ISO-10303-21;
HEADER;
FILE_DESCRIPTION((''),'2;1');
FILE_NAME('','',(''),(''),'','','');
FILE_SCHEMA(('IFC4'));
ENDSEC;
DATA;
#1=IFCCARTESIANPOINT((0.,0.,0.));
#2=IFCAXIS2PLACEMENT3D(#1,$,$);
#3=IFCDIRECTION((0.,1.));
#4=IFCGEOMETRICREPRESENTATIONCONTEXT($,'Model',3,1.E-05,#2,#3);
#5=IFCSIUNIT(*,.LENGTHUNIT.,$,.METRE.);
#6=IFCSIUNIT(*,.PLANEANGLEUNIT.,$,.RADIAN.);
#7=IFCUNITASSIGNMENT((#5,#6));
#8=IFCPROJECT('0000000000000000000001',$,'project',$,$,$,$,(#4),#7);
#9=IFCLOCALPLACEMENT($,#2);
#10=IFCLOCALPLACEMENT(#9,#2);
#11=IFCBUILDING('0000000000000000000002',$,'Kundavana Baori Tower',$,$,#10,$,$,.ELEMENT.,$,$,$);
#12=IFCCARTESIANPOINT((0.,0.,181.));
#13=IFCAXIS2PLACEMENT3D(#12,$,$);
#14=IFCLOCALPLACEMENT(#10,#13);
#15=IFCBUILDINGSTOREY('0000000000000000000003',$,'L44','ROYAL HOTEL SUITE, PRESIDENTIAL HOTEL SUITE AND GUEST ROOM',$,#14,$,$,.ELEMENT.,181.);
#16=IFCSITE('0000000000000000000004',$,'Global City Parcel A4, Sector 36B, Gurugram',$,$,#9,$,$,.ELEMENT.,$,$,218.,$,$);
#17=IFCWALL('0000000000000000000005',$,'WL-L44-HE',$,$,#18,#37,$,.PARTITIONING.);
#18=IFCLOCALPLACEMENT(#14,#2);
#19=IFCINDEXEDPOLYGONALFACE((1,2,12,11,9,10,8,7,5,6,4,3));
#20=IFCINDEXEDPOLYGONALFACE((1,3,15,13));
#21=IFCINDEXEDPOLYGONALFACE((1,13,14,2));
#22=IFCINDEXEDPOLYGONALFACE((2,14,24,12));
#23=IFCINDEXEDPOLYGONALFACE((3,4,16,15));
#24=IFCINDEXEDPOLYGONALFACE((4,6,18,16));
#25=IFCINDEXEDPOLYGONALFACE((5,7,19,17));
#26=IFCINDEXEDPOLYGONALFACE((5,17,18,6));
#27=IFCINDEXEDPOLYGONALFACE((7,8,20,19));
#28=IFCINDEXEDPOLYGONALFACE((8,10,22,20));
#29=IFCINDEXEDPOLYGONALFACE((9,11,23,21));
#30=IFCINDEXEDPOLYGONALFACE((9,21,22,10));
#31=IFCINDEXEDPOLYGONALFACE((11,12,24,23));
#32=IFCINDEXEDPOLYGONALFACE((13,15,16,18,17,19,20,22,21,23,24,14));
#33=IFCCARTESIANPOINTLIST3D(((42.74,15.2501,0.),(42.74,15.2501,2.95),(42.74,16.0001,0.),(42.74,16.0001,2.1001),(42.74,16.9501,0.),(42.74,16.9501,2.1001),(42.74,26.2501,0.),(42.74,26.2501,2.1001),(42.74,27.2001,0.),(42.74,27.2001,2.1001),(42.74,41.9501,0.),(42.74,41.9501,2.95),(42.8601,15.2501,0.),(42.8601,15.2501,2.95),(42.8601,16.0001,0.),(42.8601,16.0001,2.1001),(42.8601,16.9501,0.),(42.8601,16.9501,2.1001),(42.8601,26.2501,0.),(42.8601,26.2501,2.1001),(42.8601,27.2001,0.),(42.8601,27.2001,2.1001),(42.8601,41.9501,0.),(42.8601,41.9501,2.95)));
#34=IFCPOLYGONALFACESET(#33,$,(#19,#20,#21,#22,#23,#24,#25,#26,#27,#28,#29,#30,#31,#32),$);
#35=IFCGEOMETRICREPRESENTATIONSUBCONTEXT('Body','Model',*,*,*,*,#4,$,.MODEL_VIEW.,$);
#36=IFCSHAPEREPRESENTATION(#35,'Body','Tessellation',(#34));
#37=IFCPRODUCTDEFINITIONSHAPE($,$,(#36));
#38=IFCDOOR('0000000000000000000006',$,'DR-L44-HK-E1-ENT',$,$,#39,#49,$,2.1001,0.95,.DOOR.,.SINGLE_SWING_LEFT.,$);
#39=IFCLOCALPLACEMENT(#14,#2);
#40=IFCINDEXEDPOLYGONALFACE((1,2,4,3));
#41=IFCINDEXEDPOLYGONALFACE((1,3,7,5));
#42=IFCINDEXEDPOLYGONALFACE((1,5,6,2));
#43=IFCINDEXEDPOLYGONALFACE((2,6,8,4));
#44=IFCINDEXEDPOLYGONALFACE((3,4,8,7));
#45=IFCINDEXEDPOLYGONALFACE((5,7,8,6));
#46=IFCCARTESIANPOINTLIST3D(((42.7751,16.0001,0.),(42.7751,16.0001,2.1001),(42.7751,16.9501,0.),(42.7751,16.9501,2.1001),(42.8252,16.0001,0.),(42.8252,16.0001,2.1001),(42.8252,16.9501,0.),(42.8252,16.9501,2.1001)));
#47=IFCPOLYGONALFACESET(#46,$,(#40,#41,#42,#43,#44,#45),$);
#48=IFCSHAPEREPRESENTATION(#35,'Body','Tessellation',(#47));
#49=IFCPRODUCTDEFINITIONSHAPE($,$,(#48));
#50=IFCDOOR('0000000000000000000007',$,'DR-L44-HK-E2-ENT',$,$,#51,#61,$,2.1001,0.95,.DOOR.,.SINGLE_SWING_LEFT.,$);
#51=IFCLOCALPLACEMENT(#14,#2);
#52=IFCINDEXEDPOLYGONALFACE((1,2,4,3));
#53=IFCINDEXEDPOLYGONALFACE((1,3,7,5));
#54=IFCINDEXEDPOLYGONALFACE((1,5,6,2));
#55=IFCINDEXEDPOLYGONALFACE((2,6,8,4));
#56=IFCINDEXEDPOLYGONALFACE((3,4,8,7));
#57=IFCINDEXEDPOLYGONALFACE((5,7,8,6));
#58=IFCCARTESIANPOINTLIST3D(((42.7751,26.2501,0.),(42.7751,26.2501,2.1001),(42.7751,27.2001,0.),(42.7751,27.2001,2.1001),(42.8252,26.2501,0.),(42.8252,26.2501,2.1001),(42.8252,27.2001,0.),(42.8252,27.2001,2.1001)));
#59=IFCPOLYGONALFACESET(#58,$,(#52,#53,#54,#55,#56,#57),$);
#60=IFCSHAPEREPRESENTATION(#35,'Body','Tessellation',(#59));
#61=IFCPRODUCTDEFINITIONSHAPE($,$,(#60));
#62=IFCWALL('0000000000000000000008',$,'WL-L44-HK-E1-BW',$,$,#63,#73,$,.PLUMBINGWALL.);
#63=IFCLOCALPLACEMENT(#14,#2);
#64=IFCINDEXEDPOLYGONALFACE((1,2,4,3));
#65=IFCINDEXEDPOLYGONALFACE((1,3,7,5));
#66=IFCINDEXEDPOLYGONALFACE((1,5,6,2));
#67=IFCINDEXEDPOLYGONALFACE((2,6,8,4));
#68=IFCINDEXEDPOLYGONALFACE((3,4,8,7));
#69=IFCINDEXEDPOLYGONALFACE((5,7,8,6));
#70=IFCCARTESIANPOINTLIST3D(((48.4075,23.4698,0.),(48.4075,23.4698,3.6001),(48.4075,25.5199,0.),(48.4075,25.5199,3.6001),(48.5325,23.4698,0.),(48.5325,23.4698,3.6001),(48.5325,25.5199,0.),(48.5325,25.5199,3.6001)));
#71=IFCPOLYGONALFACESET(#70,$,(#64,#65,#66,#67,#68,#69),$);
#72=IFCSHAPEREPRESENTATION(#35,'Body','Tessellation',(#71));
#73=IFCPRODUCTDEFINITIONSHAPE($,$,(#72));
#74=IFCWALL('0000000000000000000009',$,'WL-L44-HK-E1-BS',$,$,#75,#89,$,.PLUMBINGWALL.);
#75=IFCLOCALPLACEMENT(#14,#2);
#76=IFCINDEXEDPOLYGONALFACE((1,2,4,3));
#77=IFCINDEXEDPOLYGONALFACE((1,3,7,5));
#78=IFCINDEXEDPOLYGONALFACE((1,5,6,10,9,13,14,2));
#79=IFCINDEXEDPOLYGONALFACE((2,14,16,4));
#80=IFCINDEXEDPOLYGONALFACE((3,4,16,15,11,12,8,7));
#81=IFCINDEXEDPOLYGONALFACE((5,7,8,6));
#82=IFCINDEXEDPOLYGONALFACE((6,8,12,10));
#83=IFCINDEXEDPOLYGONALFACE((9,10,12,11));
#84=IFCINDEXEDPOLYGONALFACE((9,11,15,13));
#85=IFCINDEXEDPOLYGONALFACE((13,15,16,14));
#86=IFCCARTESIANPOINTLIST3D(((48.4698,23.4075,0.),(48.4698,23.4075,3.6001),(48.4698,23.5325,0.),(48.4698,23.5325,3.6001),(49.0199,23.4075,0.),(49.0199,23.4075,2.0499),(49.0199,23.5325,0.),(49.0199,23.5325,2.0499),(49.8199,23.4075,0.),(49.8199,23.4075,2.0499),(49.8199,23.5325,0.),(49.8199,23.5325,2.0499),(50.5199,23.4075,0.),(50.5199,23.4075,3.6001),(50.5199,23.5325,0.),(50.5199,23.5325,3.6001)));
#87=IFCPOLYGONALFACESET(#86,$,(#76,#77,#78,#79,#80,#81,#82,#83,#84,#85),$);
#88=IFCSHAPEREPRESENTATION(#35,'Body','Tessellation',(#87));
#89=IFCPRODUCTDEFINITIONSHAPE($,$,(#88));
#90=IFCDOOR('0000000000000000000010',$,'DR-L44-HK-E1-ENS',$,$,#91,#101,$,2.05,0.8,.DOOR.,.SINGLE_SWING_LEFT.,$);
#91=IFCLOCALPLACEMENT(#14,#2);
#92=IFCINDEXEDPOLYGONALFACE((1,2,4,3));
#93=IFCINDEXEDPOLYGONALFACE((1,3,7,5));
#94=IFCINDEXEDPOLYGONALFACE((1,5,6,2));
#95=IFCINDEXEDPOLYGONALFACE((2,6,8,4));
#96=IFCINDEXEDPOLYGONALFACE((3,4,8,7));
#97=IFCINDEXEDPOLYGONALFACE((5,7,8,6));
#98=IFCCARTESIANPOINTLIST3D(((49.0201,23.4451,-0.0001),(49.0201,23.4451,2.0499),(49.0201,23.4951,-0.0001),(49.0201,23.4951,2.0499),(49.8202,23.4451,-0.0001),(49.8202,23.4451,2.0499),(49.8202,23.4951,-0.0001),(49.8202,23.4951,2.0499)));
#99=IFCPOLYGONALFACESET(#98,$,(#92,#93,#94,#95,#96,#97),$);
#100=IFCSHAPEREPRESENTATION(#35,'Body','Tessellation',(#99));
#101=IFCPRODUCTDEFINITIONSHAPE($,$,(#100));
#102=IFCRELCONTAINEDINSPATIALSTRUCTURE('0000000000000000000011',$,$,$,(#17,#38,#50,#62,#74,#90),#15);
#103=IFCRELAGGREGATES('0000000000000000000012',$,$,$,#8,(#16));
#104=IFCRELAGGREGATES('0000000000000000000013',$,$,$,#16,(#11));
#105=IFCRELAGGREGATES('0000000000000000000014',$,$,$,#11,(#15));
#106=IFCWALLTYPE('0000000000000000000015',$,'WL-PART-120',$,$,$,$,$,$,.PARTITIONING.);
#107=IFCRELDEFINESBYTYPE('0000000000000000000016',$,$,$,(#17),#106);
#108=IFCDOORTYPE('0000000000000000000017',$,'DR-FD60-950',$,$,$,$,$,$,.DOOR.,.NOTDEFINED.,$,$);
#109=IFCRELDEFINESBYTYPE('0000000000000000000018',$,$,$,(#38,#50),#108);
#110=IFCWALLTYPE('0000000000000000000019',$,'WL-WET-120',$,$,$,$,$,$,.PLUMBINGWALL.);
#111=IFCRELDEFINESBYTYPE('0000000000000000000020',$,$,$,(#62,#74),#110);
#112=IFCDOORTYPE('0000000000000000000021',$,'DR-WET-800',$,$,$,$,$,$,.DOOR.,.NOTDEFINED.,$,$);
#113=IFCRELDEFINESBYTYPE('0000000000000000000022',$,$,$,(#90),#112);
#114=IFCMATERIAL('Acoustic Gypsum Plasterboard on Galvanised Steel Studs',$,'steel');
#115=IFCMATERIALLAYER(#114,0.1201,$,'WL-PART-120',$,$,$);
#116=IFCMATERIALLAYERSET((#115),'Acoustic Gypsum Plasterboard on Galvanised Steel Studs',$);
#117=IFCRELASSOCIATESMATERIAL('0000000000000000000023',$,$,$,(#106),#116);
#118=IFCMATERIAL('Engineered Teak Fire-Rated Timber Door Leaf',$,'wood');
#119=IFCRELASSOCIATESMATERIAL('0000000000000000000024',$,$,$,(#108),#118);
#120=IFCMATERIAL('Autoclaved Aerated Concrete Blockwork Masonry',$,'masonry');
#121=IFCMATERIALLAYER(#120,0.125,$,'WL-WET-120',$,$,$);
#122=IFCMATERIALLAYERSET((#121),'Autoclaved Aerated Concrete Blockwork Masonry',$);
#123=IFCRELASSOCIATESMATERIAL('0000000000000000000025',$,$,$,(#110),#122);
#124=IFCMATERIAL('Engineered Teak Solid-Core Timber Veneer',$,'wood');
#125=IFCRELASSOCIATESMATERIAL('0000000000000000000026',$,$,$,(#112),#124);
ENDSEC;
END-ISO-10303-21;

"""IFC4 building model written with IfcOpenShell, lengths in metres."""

from ifc_helpers import new_model, si_unit, direction, frame, frame_2d, origin, place, context, subcontext, project, spatial, rectangle, extrude, material, layer, layer_set, type_object, element, fill, save


model = new_model("IFC4")

# Units and contexts
model_context = context("Model", 3, precision=1e-05, world=origin(), true_north=direction((0.0, 1.0)))
body_context = subcontext(model_context, "Body", "Model", "MODEL_VIEW")
ifc_project = project(units=[si_unit("LENGTHUNIT", "METRE"), si_unit("PLANEANGLEUNIT", "RADIAN")], contexts=[model_context])

# Site, building, storey
site_placement = place(None, origin())
site = spatial("IfcSite", under=ifc_project, at=site_placement, Name="Global City Parcel A4, Sector 36B, Gurugram", CompositionType="ELEMENT", RefElevation=218.0)
building_placement = place(site_placement, origin())
building = spatial("IfcBuilding", under=site, at=building_placement, Name="Kundavana Baori Tower", CompositionType="ELEMENT")
storey_placement = place(building_placement, frame((0.0, 0.0, 181.0)))
storey = spatial("IfcBuildingStorey", under=building, at=storey_placement, Name="L44", Description="ROYAL HOTEL SUITE, PRESIDENTIAL HOTEL SUITE AND GUEST ROOM", CompositionType="ELEMENT", Elevation=181.0)

# Wall, openings, doors
ifc_material_1 = material(Name="Acoustic Gypsum Plasterboard on Galvanised Steel Studs", Category="steel")
ifc_layer_1 = layer(ifc_material_1, 0.1201, Name="WL-PART-120")
ifc_layer_set_1 = layer_set([ifc_layer_1], Name="Acoustic Gypsum Plasterboard on Galvanised Steel Studs")
wall_type_1 = type_object("IfcWallType", Name="WL-PART-120", PredefinedType="PARTITIONING", material=ifc_layer_set_1)
wall_1_placement = place(storey_placement, frame((42.8, 15.25, 0.0), z_axis=(0.0, 0.0, 1.0), x_axis=(0.0, 1.0, 0.0)))
wall_1 = element("IfcWall", 1, at=wall_1_placement, inside=storey, type_object=wall_type_1, Name="WL-L44-HE", PredefinedType="PARTITIONING", context=body_context, shape_type="SweptSolid", body=[
    extrude(rectangle(XDim=26.7, YDim=0.1201, at=frame_2d((13.3501, 0.0))), origin(), (0.0, 0.0, 1.0), 2.95),
])
opening_1_placement = place(wall_1_placement, frame((0.75, 0.0, 0.0)))
opening_1 = element("IfcOpeningElement", 2, at=opening_1_placement, cuts=wall_1, PredefinedType="OPENING", context=body_context, shape_type="SweptSolid", body=[
    extrude(rectangle(XDim=0.95, YDim=2.1001, at=frame_2d((0.4751, 1.05))), frame((0.0, 0.0701, 0.0), z_axis=(0.0, -1.0, 0.0), x_axis=(1.0, 0.0, 0.0)), (0.0, 0.0, 1.0), 0.1401),
])
opening_2_placement = place(wall_1_placement, frame((11.0, 0.0, 0.0)))
opening_2 = element("IfcOpeningElement", 3, at=opening_2_placement, cuts=wall_1, PredefinedType="OPENING", context=body_context, shape_type="SweptSolid", body=[
    extrude(rectangle(XDim=0.95, YDim=2.1001, at=frame_2d((0.4751, 1.05))), frame((0.0, 0.0701, 0.0), z_axis=(0.0, -1.0, 0.0), x_axis=(1.0, 0.0, 0.0)), (0.0, 0.0, 1.0), 0.1401),
])
ifc_material_2 = material(Name="Engineered Teak Fire-Rated Timber Door Leaf", Category="wood")
door_type_1 = type_object("IfcDoorType", Name="DR-FD60-950", OperationType="NOTDEFINED", PredefinedType="DOOR", material=ifc_material_2)
door_1_placement = place(opening_1_placement, origin())
door_1 = element("IfcDoor", 4, at=door_1_placement, inside=storey, type_object=door_type_1, Name="DR-L44-HK-E1-ENT", OperationType="SINGLE_SWING_LEFT", OverallHeight=2.1001, OverallWidth=0.95, PredefinedType="DOOR", context=body_context, shape_type="SweptSolid", body=[
    extrude(rectangle(XDim=0.95, YDim=2.1001, at=frame_2d((0.4751, 1.05))), frame((0.0, 0.0249, 0.0), z_axis=(0.0, -1.0, 0.0), x_axis=(1.0, 0.0, 0.0)), (0.0, 0.0, 1.0), 0.05),
])
fill(opening_1, door_1)
door_2_placement = place(opening_2_placement, origin())
door_2 = element("IfcDoor", 5, at=door_2_placement, inside=storey, type_object=door_type_1, Name="DR-L44-HK-E2-ENT", OperationType="SINGLE_SWING_LEFT", OverallHeight=2.1001, OverallWidth=0.95, PredefinedType="DOOR", context=body_context, shape_type="SweptSolid", body=[
    extrude(rectangle(XDim=0.95, YDim=2.1001, at=frame_2d((0.4751, 1.05))), frame((0.0, 0.0249, 0.0), z_axis=(0.0, -1.0, 0.0), x_axis=(1.0, 0.0, 0.0)), (0.0, 0.0, 1.0), 0.05),
])
fill(opening_2, door_2)

# Wall
ifc_material_3 = material(Name="Autoclaved Aerated Concrete Blockwork Masonry", Category="masonry")
ifc_layer_2 = layer(ifc_material_3, 0.125, Name="WL-WET-120")
ifc_layer_set_2 = layer_set([ifc_layer_2], Name="Autoclaved Aerated Concrete Blockwork Masonry")
wall_type_2 = type_object("IfcWallType", Name="WL-WET-120", PredefinedType="PLUMBINGWALL", material=ifc_layer_set_2)
wall_2_placement = place(storey_placement, frame((48.47, 23.47, 0.0), z_axis=(0.0, 0.0, 1.0), x_axis=(0.0, 1.0, 0.0)))
element("IfcWall", 6, at=wall_2_placement, inside=storey, type_object=wall_type_2, Name="WL-L44-HK-E1-BW", PredefinedType="PLUMBINGWALL", context=body_context, shape_type="SweptSolid", body=[
    extrude(rectangle(XDim=2.05, YDim=0.125, at=frame_2d((1.0249, 0.0))), origin(), (0.0, 0.0, 1.0), 3.6001),
])

# Wall, opening, door
wall_3_placement = place(storey_placement, frame((48.47, 23.47, 0.0), z_axis=(0.0, 0.0, 1.0), x_axis=(1.0, 0.0, 0.0)))
wall_3 = element("IfcWall", 7, at=wall_3_placement, inside=storey, type_object=wall_type_2, Name="WL-L44-HK-E1-BS", PredefinedType="PLUMBINGWALL", context=body_context, shape_type="SweptSolid", body=[
    extrude(rectangle(XDim=2.05, YDim=0.125, at=frame_2d((1.0249, 0.0))), origin(), (0.0, 0.0, 1.0), 3.6001),
])
opening_3_placement = place(wall_3_placement, frame((0.55, 0.0, 0.0)))
opening_3 = element("IfcOpeningElement", 8, at=opening_3_placement, cuts=wall_3, PredefinedType="OPENING", context=body_context, shape_type="SweptSolid", body=[
    extrude(rectangle(XDim=0.8, YDim=2.05, at=frame_2d((0.3999, 1.0249))), frame((0.0, 0.0725, 0.0), z_axis=(0.0, -1.0, 0.0), x_axis=(1.0, 0.0, 0.0)), (0.0, 0.0, 1.0), 0.145),
])
ifc_material_4 = material(Name="Engineered Teak Solid-Core Timber Veneer", Category="wood")
door_type_2 = type_object("IfcDoorType", Name="DR-WET-800", OperationType="NOTDEFINED", PredefinedType="DOOR", material=ifc_material_4)
door_3_placement = place(opening_3_placement, frame((0.8, 0.0, 0.0), z_axis=(0.0, 0.0, 1.0), x_axis=(-1.0, 0.0, 0.0)))
door_3 = element("IfcDoor", 9, at=door_3_placement, inside=storey, type_object=door_type_2, Name="DR-L44-HK-E1-ENS", OperationType="SINGLE_SWING_LEFT", OverallHeight=2.05, OverallWidth=0.8, PredefinedType="DOOR", context=body_context, shape_type="SweptSolid", body=[
    extrude(rectangle(XDim=0.8, YDim=2.05, at=frame_2d((0.3999, 1.0249))), frame((0.0, 0.0249, 0.0), z_axis=(0.0, -1.0, 0.0), x_axis=(1.0, 0.0, 0.0)), (0.0, 0.0, 1.0), 0.05),
])
fill(opening_3, door_3)

save(model, "model.ifc")
